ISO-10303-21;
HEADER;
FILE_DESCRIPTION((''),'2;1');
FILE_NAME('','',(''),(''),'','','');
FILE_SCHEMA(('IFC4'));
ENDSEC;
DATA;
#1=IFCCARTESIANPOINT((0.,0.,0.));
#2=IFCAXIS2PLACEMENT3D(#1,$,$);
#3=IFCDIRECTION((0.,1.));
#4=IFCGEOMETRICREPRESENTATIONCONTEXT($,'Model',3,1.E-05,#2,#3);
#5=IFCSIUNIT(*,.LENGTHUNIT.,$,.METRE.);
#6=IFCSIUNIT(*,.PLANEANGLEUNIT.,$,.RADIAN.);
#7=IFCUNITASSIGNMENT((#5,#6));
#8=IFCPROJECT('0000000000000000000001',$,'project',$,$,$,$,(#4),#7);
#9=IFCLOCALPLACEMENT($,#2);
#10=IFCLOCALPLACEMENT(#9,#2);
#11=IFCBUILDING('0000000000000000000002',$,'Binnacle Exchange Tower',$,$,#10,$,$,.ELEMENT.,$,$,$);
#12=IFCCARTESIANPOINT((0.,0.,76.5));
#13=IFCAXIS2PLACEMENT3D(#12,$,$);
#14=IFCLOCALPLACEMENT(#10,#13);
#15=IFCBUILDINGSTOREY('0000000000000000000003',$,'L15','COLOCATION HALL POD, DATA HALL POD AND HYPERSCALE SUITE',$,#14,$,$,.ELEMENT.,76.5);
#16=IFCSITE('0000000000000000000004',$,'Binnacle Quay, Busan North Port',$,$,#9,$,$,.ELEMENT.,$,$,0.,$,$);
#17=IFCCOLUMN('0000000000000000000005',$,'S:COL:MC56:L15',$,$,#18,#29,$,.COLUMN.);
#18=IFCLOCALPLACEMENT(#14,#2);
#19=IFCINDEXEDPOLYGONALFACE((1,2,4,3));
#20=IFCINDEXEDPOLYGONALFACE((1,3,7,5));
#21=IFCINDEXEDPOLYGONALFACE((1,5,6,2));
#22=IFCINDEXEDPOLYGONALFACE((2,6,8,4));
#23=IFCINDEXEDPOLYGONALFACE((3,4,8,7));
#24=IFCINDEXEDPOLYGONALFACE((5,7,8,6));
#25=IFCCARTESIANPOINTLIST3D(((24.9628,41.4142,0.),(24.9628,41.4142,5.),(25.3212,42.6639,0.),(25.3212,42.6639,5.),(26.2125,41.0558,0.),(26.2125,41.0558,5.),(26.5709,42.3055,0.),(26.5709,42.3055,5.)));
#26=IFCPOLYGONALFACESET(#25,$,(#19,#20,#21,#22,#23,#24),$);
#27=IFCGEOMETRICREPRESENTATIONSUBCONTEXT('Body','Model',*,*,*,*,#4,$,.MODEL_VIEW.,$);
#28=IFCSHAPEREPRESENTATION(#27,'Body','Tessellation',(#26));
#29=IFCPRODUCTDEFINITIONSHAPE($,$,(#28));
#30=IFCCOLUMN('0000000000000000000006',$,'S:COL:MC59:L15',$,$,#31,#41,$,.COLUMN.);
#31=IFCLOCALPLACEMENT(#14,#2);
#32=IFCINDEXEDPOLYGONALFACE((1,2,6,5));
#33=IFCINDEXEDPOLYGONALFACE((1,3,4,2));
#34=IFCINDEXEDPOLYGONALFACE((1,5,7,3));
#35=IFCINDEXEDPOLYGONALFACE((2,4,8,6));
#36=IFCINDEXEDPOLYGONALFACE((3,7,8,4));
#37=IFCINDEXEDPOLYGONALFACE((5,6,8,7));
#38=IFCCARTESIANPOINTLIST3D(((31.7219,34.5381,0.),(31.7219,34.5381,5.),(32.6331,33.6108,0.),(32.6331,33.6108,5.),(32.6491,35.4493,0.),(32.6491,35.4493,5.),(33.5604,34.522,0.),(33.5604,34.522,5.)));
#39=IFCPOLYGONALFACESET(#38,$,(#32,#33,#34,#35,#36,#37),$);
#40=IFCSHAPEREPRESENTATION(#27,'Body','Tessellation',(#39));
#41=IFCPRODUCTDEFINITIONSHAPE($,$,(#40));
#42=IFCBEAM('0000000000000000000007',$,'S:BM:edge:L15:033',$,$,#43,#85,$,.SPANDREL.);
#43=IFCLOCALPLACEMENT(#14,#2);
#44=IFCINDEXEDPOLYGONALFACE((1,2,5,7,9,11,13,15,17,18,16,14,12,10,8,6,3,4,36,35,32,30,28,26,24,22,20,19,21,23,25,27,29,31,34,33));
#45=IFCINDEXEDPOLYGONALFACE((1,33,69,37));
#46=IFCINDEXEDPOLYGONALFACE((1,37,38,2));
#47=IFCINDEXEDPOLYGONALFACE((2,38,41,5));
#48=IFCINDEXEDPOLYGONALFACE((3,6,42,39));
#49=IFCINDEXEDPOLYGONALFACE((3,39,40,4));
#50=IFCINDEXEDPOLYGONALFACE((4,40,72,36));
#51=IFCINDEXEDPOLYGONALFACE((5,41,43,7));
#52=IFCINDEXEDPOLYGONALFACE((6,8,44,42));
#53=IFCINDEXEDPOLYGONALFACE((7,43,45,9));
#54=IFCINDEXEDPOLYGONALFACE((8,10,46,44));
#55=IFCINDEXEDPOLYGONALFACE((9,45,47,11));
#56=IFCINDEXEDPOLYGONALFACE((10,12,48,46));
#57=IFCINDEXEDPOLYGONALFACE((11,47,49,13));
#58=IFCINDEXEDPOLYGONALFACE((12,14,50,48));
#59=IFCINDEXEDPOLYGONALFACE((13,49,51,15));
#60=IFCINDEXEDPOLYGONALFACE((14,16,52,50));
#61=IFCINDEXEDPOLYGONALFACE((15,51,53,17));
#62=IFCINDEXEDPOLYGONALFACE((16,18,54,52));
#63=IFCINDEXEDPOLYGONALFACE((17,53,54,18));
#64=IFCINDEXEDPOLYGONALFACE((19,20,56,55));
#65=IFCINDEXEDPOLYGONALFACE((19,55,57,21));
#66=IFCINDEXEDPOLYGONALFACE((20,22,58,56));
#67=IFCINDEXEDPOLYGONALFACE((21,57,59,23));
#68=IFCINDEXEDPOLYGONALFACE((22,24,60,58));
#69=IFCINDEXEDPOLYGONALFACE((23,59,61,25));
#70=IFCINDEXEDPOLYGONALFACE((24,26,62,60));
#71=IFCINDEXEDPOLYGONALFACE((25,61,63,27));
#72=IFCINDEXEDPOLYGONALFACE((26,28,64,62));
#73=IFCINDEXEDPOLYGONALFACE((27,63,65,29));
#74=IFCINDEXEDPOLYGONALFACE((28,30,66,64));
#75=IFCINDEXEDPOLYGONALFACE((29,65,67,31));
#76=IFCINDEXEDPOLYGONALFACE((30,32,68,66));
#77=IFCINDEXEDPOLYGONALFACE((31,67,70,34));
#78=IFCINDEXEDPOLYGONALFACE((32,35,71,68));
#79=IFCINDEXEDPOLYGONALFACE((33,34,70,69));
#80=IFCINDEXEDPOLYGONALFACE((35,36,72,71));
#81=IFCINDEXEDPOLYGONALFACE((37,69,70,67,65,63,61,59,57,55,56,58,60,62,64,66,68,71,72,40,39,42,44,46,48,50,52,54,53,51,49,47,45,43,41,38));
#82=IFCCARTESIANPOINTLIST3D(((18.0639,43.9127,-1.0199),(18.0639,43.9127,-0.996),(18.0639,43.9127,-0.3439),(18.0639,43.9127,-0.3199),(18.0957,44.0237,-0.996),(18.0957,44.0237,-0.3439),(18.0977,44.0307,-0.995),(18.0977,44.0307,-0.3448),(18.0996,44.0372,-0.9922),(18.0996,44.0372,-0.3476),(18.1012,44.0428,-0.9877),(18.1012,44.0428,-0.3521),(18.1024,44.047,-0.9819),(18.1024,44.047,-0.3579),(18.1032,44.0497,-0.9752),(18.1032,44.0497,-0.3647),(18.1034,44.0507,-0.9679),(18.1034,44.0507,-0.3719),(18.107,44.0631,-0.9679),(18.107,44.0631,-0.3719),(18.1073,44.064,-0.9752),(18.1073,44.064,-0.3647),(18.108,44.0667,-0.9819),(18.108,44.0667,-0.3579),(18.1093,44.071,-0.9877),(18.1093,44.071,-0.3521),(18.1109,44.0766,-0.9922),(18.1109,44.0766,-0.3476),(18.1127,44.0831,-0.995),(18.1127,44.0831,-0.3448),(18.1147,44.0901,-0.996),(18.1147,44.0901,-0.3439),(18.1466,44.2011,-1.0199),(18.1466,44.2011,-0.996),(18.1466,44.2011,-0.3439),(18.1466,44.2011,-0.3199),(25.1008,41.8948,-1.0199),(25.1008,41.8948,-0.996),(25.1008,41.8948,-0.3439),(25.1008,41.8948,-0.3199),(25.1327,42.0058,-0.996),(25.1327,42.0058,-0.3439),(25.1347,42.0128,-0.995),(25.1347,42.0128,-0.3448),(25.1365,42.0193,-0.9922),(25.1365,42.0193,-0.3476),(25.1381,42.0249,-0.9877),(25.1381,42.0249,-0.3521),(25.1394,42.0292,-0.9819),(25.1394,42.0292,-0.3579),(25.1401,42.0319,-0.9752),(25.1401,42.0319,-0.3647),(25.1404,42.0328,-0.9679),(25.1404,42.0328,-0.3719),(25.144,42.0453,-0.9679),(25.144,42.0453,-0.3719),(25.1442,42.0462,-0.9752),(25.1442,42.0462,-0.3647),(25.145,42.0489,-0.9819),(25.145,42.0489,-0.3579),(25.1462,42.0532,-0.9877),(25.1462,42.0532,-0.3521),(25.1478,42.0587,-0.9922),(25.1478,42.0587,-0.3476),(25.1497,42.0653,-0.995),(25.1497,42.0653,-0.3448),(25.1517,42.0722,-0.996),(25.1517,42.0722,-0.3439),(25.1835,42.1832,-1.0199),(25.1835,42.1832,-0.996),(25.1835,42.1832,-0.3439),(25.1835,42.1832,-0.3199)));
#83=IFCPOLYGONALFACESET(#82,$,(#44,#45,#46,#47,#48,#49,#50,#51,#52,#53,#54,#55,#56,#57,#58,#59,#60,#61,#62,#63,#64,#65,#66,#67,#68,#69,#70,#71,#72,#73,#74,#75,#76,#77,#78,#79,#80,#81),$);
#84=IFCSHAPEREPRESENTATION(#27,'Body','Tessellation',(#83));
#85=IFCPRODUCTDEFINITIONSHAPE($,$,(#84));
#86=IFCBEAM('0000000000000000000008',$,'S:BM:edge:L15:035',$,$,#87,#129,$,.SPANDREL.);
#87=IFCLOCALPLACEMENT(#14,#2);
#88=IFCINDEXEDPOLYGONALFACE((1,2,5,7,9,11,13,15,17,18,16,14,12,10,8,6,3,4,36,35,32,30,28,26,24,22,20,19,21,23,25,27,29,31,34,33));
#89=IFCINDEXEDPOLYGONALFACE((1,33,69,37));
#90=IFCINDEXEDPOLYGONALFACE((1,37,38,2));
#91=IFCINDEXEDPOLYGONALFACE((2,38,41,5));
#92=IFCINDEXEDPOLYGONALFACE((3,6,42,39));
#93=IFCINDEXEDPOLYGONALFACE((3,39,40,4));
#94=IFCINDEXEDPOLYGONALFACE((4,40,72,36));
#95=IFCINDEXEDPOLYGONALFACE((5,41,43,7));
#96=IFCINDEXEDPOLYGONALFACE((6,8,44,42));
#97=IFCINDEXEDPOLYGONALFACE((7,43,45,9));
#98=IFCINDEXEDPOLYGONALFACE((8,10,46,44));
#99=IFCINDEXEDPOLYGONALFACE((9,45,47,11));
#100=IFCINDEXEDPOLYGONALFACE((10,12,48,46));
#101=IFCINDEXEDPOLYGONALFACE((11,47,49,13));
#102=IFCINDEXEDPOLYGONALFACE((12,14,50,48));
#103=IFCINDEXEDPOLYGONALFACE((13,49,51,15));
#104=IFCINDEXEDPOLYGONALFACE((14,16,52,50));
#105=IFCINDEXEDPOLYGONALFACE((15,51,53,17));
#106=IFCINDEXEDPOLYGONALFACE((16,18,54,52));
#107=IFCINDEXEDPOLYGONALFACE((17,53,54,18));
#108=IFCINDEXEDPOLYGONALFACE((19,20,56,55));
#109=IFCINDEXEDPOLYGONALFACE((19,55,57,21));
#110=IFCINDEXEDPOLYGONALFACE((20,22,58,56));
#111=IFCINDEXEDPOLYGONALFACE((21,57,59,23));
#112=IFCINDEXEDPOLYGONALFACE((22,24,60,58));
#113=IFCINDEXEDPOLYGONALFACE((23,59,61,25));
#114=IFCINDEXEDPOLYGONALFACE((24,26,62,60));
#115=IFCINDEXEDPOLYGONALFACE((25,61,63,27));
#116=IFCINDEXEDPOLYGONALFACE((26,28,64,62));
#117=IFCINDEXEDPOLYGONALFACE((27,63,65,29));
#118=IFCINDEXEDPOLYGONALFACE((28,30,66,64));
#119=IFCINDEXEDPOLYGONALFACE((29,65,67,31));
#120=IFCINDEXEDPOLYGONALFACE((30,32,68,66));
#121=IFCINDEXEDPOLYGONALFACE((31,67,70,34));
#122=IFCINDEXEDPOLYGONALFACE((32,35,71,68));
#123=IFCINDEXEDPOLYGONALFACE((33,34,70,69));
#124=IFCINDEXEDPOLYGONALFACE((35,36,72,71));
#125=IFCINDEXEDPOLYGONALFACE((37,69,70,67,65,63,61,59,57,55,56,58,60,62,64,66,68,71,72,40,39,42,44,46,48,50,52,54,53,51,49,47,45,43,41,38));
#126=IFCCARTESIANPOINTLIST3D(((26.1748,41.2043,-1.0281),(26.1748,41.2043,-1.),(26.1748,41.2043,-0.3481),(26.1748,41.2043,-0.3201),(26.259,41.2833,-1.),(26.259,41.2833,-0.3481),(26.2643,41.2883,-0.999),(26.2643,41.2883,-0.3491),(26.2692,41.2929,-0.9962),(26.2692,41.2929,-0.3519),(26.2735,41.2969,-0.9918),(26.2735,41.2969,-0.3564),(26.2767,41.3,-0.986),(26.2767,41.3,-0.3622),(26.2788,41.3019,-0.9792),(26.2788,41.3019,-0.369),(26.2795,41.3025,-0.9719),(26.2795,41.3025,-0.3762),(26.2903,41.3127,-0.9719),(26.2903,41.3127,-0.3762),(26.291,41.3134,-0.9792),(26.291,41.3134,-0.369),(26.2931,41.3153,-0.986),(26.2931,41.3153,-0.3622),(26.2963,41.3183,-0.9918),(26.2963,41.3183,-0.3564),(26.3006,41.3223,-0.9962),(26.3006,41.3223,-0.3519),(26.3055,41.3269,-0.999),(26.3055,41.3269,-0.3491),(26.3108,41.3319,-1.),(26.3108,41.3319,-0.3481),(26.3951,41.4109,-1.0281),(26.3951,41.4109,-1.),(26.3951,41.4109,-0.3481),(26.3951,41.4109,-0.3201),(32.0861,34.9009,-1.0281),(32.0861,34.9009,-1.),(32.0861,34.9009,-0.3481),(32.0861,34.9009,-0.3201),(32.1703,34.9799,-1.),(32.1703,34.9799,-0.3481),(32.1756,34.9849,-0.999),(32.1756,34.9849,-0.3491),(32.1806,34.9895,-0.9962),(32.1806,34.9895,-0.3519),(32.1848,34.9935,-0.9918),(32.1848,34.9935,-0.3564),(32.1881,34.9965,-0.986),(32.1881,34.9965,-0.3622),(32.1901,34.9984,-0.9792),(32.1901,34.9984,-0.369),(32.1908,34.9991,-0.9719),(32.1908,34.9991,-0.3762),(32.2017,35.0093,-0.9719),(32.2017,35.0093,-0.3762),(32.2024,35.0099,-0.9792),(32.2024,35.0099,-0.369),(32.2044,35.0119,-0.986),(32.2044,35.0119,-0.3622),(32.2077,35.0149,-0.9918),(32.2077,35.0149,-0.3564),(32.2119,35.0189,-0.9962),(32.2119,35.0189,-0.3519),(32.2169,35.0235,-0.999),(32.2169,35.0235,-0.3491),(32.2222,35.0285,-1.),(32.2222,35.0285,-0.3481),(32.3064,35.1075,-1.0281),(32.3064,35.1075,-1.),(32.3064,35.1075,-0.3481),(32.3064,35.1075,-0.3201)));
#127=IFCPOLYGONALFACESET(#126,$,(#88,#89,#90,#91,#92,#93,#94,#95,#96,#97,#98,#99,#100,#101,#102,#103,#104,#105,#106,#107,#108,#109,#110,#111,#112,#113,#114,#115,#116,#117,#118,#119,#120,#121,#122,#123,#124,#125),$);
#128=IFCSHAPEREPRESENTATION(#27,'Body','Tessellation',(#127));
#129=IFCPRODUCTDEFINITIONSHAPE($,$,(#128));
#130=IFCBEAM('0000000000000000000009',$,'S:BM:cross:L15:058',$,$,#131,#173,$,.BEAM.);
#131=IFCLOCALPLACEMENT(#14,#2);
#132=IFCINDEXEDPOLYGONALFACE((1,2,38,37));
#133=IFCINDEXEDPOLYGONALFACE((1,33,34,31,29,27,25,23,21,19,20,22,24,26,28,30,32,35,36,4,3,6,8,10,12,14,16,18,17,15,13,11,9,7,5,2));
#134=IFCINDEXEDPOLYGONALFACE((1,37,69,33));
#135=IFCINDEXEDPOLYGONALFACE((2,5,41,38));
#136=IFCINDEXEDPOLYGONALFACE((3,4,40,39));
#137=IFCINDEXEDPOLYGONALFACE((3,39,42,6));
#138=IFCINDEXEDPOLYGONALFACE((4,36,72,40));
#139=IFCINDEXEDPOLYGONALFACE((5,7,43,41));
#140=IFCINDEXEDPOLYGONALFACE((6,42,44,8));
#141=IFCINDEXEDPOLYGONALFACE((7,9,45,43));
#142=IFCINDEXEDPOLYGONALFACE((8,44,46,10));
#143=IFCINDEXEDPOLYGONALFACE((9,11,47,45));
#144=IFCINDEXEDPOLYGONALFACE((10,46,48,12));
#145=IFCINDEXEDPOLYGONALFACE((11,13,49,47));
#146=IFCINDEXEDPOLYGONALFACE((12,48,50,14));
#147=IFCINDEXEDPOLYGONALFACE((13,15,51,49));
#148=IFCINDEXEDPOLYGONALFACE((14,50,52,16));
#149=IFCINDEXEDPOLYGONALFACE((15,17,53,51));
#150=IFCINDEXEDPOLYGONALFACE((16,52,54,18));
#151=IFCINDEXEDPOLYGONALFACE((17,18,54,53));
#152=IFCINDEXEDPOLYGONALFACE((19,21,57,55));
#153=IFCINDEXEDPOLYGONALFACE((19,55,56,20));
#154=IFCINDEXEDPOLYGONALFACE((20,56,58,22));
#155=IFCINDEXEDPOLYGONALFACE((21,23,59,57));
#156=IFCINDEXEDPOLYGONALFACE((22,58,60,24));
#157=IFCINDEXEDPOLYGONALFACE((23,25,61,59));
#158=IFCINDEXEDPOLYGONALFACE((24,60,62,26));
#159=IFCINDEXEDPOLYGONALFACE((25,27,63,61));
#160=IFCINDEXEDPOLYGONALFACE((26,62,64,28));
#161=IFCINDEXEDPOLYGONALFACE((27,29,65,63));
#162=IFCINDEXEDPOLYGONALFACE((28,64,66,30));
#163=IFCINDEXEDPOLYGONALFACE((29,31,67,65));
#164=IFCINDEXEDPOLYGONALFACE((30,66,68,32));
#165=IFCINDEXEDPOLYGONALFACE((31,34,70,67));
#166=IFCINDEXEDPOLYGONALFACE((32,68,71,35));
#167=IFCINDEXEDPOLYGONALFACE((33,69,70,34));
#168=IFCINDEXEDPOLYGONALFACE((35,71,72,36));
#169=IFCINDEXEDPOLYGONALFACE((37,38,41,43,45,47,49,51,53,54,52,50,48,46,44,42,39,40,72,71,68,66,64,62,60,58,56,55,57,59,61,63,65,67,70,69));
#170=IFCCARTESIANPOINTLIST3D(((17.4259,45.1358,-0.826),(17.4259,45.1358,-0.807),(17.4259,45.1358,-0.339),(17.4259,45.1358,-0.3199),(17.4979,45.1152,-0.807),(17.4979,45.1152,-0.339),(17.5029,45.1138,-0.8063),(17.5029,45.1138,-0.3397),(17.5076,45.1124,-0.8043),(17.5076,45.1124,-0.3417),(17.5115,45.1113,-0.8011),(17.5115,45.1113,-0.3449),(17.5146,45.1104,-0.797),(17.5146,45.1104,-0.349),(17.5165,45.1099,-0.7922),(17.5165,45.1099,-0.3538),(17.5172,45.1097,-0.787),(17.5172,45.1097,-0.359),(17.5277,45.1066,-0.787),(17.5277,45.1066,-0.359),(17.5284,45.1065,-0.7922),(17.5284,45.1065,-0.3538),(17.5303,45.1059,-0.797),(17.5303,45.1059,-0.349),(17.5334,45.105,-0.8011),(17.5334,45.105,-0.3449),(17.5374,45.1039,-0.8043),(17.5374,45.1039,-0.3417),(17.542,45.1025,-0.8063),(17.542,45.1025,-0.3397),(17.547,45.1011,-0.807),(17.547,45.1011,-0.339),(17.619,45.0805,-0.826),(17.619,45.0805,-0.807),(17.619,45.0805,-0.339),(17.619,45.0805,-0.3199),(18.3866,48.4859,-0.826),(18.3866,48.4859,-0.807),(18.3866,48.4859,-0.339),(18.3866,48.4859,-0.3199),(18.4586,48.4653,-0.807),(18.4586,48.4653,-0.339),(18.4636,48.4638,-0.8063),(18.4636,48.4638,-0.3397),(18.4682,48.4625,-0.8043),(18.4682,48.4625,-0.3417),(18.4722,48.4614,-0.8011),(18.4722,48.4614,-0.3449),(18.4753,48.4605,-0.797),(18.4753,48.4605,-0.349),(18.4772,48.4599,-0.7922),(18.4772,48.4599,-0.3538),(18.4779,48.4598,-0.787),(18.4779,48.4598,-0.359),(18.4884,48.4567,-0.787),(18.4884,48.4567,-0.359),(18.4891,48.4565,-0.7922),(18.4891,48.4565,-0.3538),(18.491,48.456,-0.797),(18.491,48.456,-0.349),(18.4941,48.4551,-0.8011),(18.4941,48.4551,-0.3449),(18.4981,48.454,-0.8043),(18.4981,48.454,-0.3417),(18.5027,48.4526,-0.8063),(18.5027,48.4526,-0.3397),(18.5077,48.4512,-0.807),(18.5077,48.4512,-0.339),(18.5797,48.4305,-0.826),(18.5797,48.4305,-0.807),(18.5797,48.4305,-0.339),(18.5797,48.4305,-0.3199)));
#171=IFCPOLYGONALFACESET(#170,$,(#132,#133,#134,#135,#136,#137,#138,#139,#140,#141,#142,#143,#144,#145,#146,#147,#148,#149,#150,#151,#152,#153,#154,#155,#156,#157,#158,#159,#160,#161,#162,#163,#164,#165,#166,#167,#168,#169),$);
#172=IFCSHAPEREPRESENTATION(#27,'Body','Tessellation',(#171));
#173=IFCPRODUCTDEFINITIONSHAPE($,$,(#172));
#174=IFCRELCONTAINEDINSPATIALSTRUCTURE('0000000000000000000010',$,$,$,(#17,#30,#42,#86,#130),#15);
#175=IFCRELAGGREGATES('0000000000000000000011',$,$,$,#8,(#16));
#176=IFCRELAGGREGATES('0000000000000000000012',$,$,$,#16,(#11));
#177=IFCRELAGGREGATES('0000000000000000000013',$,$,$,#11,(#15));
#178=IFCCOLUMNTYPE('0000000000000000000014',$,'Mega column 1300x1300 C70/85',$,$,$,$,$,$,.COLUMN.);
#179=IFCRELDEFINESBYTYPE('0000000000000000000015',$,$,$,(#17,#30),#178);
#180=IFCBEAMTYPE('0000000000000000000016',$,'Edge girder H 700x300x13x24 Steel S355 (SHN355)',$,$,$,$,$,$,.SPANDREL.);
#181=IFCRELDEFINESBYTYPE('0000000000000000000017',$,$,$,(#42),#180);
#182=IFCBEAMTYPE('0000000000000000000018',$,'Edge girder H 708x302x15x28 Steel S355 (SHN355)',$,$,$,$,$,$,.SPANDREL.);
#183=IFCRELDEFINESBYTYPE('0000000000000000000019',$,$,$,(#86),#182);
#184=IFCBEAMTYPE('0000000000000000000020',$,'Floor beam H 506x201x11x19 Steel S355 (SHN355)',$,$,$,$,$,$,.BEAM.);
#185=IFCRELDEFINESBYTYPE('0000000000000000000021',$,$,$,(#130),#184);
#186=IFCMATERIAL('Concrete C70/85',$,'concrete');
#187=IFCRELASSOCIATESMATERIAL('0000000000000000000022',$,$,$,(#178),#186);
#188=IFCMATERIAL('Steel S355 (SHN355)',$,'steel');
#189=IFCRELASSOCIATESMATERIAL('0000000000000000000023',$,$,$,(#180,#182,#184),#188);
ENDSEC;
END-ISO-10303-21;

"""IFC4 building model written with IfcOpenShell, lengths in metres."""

from ifc_helpers import new_model, si_unit, direction, frame, origin, origin_2d, place, context, subcontext, project, spatial, rectangle, i_section, extrude, material, material_profile, profile_set, type_object, element, save


model = new_model("IFC4")

# Units and contexts
model_context = context("Model", 3, precision=1e-05, world=origin(), true_north=direction((0.0, 1.0)))
body_context = subcontext(model_context, "Body", "Model", "MODEL_VIEW")
ifc_project = project(units=[si_unit("LENGTHUNIT", "METRE"), si_unit("PLANEANGLEUNIT", "RADIAN")], contexts=[model_context])

# Site, building, storey
site_placement = place(None, origin())
site = spatial("IfcSite", under=ifc_project, at=site_placement, Name="Binnacle Quay, Busan North Port", CompositionType="ELEMENT", RefElevation=0.0)
building_placement = place(site_placement, origin())
building = spatial("IfcBuilding", under=site, at=building_placement, Name="Binnacle Exchange Tower", CompositionType="ELEMENT")
storey_placement = place(building_placement, frame((0.0, 0.0, 76.5)))
storey = spatial("IfcBuildingStorey", under=building, at=storey_placement, Name="L15", Description="COLOCATION HALL POD, DATA HALL POD AND HYPERSCALE SUITE", CompositionType="ELEMENT", Elevation=76.5)

# Columns
ifc_material_1 = material(Name="Concrete C70/85", Category="concrete")
ifc_material_profile_1 = material_profile(ifc_material_1, rectangle(XDim=1.3, YDim=1.3, at=origin_2d()), Name="Mega column 1300x1300 C70/85")
ifc_profile_set_1 = profile_set([ifc_material_profile_1], Name="Concrete C70/85")
column_type = type_object("IfcColumnType", Name="Mega column 1300x1300 C70/85", PredefinedType="COLUMN", material=ifc_profile_set_1)
for number, where, z_axis, x_axis, name in (
    (1, (25.7668, 41.8599, 0.0), (0.0, 0.0, 1.0), (0.961262, -0.275637, 0.0), "S:COL:MC56:L15"),
    (2, (32.6411, 34.53, 0.0), (0.0, 0.0, 1.0), (0.700909, -0.71325, 0.0), "S:COL:MC59:L15"),
):
    element("IfcColumn", number, at=place(storey_placement, frame(where, z_axis=z_axis, x_axis=x_axis)), inside=storey, type_object=column_type, Name=name, PredefinedType="COLUMN", context=body_context, shape_type="SweptSolid", body=[
        extrude(rectangle(XDim=1.3, YDim=1.3, at=origin_2d()), origin(), (0.0, 0.0, 1.0), 5.0),
    ])

# Beams
ifc_material_2 = material(Name="Steel S355 (SHN355)", Category="steel")
ifc_material_profile_2 = material_profile(ifc_material_2, i_section(OverallWidth=0.3, OverallDepth=0.7, WebThickness=0.0129, FlangeThickness=0.0239, FilletRadius=0.0281, at=origin_2d()), Name="H 700x300x13x24")
ifc_profile_set_2 = profile_set([ifc_material_profile_2], Name="Steel S355 (SHN355)")
beam_type_1 = type_object("IfcBeamType", Name="Edge girder H 700x300x13x24 Steel S355 (SHN355)", PredefinedType="SPANDREL", material=ifc_profile_set_2)
beam_1_placement = place(storey_placement, frame((18.1052, 44.0569, -0.6699), z_axis=(0.96126, -0.275642, 0.0), x_axis=(0.275642, 0.96126, 0.0)))
element("IfcBeam", 3, at=beam_1_placement, inside=storey, type_object=beam_type_1, Name="S:BM:edge:L15:033", PredefinedType="SPANDREL", context=body_context, shape_type="SweptSolid", body=[
    extrude(i_section(OverallWidth=0.3, OverallDepth=0.7, WebThickness=0.0129, FlangeThickness=0.0239, FilletRadius=0.0281, at=origin_2d()), origin(), (0.0, 0.0, 1.0), 7.3206),
])
ifc_material_profile_3 = material_profile(ifc_material_2, i_section(OverallWidth=0.302, OverallDepth=0.708, WebThickness=0.0149, FlangeThickness=0.0281, FilletRadius=0.0281, at=origin_2d()), Name="H 708x302x15x28")
ifc_profile_set_3 = profile_set([ifc_material_profile_3], Name="Steel S355 (SHN355)")
beam_type_2 = type_object("IfcBeamType", Name="Edge girder H 708x302x15x28 Steel S355 (SHN355)", PredefinedType="SPANDREL", material=ifc_profile_set_3)
beam_2_placement = place(storey_placement, frame((26.2849, 41.3076, -0.6741), z_axis=(0.684057, -0.729429, 0.0), x_axis=(0.729429, 0.684057, 0.0)))
element("IfcBeam", 4, at=beam_2_placement, inside=storey, type_object=beam_type_2, Name="S:BM:edge:L15:035", PredefinedType="SPANDREL", context=body_context, shape_type="SweptSolid", body=[
    extrude(i_section(OverallWidth=0.302, OverallDepth=0.708, WebThickness=0.0149, FlangeThickness=0.0281, FilletRadius=0.0281, at=origin_2d()), origin(), (0.0, 0.0, 1.0), 8.6416),
])
ifc_material_profile_4 = material_profile(ifc_material_2, i_section(OverallWidth=0.2009, OverallDepth=0.5061, WebThickness=0.011, FlangeThickness=0.019, FilletRadius=0.02, at=origin_2d()), Name="H 506x201x11x19")
ifc_profile_set_4 = profile_set([ifc_material_profile_4], Name="Steel S355 (SHN355)")
beam_type_3 = type_object("IfcBeamType", Name="Floor beam H 506x201x11x19 Steel S355 (SHN355)", PredefinedType="BEAM", material=ifc_profile_set_4)
beam_3_placement = place(storey_placement, frame((17.5225, 45.1082, -0.573), z_axis=(0.275655, 0.961257, 0.0), x_axis=(-0.961257, 0.275655, 0.0)))
element("IfcBeam", 5, at=beam_3_placement, inside=storey, type_object=beam_type_3, Name="S:BM:cross:L15:058", PredefinedType="BEAM", context=body_context, shape_type="SweptSolid", body=[
    extrude(i_section(OverallWidth=0.2009, OverallDepth=0.5061, WebThickness=0.011, FlangeThickness=0.019, FilletRadius=0.02, at=origin_2d()), origin(), (0.0, 0.0, 1.0), 3.4851),
])

save(model, "model.ifc")
